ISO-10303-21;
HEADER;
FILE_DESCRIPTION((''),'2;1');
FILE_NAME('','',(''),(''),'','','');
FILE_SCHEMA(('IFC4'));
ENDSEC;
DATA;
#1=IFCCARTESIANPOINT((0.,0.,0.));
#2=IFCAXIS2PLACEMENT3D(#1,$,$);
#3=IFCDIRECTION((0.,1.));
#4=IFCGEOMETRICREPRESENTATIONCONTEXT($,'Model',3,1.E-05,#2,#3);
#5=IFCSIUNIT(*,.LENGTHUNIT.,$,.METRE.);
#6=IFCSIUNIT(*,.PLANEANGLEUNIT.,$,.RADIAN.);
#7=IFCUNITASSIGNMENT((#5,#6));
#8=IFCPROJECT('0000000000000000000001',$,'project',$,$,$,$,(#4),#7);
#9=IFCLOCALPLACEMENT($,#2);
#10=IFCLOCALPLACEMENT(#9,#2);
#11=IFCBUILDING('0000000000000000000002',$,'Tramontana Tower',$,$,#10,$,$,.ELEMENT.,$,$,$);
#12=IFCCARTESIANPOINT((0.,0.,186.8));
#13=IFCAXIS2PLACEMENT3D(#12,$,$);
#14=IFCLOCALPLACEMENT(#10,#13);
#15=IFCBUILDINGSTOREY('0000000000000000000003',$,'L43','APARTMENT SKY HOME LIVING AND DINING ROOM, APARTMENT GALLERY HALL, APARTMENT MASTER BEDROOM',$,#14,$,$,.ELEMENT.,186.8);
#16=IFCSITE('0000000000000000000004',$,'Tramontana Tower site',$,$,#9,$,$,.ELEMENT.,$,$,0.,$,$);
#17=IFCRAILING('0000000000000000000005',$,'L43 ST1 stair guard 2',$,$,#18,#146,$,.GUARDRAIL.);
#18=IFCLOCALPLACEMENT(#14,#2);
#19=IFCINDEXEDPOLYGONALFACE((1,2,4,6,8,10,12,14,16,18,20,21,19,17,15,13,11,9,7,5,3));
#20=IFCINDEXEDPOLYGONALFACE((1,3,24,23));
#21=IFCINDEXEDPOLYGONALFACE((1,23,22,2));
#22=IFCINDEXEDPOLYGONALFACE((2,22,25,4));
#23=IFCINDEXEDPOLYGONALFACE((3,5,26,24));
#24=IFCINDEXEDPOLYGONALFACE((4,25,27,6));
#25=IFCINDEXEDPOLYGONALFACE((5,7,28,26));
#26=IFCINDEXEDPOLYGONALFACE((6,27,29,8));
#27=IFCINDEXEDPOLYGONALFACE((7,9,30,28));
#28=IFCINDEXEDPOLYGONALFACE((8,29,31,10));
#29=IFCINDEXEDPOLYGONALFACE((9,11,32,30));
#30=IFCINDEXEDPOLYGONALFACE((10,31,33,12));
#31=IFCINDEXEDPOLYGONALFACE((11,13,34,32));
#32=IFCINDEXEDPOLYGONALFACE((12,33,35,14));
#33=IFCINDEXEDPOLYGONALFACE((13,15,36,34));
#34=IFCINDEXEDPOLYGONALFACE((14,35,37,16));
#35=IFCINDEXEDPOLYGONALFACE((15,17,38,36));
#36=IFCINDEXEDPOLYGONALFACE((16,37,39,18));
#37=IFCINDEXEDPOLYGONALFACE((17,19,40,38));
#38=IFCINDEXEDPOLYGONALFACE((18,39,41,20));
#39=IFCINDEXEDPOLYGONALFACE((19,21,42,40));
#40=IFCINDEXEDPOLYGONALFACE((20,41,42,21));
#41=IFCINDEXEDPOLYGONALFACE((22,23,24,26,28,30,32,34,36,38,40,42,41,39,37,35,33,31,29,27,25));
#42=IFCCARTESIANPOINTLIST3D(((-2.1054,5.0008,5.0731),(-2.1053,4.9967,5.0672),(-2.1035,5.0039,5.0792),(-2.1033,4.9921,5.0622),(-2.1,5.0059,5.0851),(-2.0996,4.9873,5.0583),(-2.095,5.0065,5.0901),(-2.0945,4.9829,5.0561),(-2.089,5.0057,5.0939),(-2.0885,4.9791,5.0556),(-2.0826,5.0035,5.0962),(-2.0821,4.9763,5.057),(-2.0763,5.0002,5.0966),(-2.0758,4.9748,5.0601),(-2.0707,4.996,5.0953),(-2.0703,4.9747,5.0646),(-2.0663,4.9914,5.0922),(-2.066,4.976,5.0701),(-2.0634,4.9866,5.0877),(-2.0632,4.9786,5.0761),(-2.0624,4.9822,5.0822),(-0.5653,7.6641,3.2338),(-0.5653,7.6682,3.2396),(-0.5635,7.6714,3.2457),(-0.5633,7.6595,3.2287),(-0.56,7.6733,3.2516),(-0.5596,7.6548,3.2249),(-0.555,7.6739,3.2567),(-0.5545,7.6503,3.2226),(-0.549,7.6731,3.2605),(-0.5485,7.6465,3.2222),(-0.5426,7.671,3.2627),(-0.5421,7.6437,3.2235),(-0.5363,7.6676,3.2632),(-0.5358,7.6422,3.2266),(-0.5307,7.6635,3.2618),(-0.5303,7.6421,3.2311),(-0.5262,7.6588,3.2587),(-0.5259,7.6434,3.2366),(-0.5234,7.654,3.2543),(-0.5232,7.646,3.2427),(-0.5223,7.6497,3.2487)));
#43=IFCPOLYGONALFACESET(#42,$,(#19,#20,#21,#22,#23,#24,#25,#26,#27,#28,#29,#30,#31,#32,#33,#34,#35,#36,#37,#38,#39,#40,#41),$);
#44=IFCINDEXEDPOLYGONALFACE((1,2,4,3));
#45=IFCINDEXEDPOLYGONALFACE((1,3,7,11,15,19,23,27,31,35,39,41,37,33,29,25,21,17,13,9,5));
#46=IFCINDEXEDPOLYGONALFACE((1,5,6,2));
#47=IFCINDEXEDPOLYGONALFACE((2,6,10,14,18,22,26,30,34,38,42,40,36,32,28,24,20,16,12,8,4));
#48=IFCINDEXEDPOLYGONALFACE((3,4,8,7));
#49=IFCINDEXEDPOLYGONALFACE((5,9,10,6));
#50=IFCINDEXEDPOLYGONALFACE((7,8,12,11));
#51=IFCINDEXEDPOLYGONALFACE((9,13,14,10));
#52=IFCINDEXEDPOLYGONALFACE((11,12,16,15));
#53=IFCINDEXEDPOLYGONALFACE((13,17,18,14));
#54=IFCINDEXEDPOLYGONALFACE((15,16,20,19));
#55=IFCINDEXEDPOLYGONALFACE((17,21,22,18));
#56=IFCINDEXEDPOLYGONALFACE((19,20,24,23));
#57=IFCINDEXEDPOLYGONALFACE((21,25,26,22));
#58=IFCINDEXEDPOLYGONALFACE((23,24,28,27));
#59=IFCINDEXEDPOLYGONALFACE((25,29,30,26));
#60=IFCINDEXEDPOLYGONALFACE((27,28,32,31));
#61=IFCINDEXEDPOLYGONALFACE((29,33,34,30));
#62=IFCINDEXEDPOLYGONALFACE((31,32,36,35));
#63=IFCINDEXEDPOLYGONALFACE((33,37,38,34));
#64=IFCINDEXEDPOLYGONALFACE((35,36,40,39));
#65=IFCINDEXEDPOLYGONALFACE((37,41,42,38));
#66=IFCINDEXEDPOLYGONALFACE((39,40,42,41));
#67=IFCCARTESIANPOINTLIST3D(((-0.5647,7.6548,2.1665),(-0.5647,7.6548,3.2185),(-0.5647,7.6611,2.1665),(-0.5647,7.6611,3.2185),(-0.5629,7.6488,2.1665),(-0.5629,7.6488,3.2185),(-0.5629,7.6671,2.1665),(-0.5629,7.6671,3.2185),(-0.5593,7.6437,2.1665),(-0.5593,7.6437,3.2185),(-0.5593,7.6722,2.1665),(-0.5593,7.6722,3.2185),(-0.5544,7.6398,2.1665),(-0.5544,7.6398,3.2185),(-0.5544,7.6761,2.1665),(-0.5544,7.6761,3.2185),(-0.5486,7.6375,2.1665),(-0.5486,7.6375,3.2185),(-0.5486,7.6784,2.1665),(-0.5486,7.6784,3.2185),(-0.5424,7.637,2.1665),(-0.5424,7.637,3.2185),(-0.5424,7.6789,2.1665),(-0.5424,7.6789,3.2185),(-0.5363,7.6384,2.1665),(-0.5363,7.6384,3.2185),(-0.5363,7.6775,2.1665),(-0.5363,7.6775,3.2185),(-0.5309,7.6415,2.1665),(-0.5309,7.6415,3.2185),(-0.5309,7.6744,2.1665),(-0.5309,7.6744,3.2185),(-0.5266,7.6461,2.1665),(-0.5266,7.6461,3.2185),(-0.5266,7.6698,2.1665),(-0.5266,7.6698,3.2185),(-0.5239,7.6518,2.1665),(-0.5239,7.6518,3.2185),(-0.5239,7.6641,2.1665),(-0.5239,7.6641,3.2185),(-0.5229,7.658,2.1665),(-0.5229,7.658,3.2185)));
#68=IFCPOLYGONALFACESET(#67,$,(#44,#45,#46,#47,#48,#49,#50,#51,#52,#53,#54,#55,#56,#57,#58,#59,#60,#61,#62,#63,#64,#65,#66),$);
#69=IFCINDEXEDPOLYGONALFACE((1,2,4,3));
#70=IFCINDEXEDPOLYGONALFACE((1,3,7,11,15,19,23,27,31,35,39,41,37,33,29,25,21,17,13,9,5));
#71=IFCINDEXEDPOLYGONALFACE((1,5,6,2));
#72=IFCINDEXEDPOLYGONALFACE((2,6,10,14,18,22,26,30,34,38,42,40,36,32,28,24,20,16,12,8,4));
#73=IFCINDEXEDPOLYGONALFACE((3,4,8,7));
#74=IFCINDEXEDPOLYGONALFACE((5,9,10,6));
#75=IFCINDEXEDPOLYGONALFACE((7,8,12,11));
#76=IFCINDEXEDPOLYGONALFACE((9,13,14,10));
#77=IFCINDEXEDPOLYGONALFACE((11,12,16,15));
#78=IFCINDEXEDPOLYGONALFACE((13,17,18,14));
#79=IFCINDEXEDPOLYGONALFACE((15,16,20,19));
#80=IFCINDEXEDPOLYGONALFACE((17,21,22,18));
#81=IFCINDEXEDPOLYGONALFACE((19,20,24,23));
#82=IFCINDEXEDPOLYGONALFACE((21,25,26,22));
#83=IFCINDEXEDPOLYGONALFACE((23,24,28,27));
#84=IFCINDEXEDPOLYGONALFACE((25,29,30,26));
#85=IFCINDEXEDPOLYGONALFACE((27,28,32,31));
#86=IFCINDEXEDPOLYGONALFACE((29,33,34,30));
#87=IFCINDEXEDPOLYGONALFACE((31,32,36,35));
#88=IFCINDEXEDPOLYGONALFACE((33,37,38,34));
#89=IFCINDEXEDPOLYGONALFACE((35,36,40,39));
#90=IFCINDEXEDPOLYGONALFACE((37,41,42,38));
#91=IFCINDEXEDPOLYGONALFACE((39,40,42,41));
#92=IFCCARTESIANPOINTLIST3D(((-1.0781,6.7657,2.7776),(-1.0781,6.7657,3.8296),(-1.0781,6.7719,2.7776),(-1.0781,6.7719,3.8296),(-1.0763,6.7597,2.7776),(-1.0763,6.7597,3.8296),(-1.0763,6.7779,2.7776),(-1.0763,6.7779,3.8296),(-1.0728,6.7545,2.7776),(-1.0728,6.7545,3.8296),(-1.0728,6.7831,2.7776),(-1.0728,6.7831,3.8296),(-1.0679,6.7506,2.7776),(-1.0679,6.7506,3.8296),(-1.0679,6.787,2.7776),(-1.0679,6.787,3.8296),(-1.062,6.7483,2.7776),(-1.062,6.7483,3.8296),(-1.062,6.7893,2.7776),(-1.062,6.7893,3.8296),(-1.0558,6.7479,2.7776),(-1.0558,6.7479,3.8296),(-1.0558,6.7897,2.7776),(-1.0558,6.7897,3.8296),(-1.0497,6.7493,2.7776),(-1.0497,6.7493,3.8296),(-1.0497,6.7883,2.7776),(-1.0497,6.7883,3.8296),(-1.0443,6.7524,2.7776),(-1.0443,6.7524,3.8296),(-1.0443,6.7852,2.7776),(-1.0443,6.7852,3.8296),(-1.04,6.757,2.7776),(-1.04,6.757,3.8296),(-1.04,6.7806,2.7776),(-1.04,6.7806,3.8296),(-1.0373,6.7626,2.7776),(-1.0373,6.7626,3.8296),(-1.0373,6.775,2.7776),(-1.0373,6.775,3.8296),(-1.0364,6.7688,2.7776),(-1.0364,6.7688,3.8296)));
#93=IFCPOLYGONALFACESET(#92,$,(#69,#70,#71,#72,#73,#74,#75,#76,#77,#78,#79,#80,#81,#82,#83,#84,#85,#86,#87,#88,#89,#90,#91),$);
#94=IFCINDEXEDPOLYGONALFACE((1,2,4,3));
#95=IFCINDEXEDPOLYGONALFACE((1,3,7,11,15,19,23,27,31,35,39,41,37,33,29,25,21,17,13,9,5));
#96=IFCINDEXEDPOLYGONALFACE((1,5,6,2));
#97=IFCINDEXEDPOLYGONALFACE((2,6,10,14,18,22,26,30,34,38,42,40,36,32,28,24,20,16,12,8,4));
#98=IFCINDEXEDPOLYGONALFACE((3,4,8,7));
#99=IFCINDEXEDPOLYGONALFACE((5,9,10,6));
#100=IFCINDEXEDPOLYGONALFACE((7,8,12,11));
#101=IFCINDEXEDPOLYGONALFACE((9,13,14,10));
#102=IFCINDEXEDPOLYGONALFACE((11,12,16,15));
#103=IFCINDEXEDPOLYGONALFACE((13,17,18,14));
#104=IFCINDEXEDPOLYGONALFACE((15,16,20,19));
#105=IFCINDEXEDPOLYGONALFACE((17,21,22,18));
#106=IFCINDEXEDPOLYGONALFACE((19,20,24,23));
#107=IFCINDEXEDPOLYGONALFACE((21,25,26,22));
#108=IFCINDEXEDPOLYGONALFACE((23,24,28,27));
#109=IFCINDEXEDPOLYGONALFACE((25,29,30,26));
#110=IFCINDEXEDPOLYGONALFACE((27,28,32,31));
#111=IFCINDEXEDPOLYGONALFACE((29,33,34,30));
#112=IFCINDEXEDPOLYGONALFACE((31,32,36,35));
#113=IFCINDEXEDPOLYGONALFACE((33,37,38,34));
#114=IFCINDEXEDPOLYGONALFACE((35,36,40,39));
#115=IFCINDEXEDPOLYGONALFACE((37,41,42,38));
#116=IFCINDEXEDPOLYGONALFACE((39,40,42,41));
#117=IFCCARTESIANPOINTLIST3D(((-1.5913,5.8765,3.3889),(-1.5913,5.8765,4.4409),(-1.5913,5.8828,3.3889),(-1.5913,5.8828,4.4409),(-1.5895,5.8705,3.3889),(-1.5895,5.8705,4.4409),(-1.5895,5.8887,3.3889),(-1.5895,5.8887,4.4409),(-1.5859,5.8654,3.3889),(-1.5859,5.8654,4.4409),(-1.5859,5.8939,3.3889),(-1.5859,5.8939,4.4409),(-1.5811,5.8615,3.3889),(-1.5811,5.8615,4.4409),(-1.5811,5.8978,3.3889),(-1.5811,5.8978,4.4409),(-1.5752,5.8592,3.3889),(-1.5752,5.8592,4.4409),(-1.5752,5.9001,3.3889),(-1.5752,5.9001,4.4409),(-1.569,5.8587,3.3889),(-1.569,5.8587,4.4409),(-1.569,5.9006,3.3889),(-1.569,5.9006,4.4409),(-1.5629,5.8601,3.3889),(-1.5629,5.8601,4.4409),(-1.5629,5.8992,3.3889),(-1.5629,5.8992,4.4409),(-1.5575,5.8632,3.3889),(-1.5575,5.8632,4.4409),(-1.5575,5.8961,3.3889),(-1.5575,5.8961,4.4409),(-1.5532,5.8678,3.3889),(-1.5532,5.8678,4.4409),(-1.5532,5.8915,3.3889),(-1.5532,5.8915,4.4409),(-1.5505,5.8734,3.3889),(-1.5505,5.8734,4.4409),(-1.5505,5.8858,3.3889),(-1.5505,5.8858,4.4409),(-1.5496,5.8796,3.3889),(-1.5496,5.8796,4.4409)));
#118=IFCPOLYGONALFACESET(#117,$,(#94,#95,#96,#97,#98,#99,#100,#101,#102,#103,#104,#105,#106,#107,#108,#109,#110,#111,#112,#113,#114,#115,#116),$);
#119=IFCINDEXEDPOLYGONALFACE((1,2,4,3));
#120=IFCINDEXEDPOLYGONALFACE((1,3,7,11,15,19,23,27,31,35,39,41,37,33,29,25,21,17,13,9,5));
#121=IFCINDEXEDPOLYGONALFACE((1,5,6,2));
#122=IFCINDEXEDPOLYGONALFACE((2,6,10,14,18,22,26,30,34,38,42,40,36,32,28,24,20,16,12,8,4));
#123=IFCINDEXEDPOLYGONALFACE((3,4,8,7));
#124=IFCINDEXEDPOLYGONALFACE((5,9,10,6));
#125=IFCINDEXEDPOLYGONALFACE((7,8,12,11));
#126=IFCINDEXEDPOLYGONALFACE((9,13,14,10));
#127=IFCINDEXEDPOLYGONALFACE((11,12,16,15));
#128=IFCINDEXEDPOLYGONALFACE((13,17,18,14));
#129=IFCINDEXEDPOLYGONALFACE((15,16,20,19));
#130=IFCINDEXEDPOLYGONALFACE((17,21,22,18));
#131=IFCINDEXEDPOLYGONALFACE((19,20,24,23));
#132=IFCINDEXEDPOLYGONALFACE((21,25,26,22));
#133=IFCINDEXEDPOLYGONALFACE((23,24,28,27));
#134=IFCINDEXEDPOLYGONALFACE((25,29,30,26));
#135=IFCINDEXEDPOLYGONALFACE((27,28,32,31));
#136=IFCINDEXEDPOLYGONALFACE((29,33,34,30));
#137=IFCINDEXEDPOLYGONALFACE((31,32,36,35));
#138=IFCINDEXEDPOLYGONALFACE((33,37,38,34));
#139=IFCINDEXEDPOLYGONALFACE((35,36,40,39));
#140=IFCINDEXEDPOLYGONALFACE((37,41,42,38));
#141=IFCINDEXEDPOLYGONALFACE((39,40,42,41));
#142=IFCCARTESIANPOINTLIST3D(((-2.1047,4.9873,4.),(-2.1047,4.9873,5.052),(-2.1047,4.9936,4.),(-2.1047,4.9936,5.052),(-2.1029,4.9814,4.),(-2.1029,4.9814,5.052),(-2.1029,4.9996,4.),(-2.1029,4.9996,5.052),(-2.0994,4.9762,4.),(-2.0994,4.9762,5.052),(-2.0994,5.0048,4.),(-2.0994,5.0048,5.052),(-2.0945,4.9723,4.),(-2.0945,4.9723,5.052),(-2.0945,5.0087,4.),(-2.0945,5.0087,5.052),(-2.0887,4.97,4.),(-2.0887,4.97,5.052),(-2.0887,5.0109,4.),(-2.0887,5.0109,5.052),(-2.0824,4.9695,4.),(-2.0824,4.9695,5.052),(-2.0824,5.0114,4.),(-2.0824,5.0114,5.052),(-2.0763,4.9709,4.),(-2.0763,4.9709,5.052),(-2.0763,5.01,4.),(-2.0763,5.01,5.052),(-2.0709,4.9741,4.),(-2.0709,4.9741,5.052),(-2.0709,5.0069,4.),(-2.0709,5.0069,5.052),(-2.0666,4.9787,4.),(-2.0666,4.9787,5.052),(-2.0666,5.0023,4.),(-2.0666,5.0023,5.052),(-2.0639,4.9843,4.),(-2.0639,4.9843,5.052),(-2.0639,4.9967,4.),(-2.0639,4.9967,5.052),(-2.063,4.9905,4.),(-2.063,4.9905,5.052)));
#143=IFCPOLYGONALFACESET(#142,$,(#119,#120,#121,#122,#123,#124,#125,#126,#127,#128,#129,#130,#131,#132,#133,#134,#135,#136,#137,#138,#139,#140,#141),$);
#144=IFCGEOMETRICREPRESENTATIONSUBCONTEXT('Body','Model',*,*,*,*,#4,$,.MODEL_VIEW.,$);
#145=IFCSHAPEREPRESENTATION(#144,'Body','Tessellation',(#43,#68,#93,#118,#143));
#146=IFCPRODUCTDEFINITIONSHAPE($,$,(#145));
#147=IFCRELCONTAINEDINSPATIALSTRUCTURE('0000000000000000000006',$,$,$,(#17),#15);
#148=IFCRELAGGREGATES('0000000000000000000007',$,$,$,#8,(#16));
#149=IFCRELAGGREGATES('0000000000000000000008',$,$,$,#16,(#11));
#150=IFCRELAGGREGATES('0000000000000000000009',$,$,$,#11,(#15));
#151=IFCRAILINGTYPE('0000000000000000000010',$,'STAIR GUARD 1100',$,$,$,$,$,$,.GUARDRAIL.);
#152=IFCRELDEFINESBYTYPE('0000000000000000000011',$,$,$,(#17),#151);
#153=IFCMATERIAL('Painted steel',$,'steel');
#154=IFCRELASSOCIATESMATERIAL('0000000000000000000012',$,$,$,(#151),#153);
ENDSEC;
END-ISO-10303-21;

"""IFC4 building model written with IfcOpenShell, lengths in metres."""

from ifc_helpers import new_model, si_unit, direction, frame, origin, origin_2d, place, context, subcontext, project, spatial, circle, extrude, material, type_object, element, save


model = new_model("IFC4")

# Units and contexts
model_context = context("Model", 3, precision=1e-05, world=origin(), true_north=direction((0.0, 1.0)))
body_context = subcontext(model_context, "Body", "Model", "MODEL_VIEW")
ifc_project = project(units=[si_unit("LENGTHUNIT", "METRE"), si_unit("PLANEANGLEUNIT", "RADIAN")], contexts=[model_context])

# Site, building, storey
site_placement = place(None, origin())
site = spatial("IfcSite", under=ifc_project, at=site_placement, Name="Tramontana Tower site", CompositionType="ELEMENT", RefElevation=0.0)
building_placement = place(site_placement, origin())
building = spatial("IfcBuilding", under=site, at=building_placement, Name="Tramontana Tower", CompositionType="ELEMENT")
storey_placement = place(building_placement, frame((0.0, 0.0, 186.8)))
storey = spatial("IfcBuildingStorey", under=building, at=storey_placement, Name="L43", Description="APARTMENT SKY HOME LIVING AND DINING ROOM, APARTMENT GALLERY HALL, APARTMENT MASTER BEDROOM", CompositionType="ELEMENT", Elevation=186.8)

# Railing
ifc_material_1 = material(Name="Painted steel", Category="steel")
railing_type = type_object("IfcRailingType", Name="STAIR GUARD 1100", PredefinedType="GUARDRAIL", material=ifc_material_1)
railing_1_placement = place(storey_placement, frame((-0.5439, 7.658, 2.1665)))
element("IfcRailing", 1, at=railing_1_placement, inside=storey, type_object=railing_type, Name="L43 ST1 stair guard 2", PredefinedType="GUARDRAIL", context=body_context, shape_type="SweptSolid", body=[
    extrude(circle(Radius=0.0239, at=origin_2d()), frame((0.0, 0.0, 1.0762), z_axis=(-0.429634, -0.744164, 0.511502), x_axis=(0.86603, -0.499992, 0.0)), (0.0, 0.0, 1.0), 3.5845),
    extrude(circle(Radius=0.021, at=origin_2d()), origin(), (0.0, 0.0, 1.0), 1.052),
    extrude(circle(Radius=0.021, at=origin_2d()), frame((-0.5134, -0.8892, 0.6111)), (0.0, 0.0, 1.0), 1.052),
    extrude(circle(Radius=0.021, at=origin_2d()), frame((-1.0266, -1.7783, 1.2224)), (0.0, 0.0, 1.0), 1.052),
    extrude(circle(Radius=0.021, at=origin_2d()), frame((-1.54, -2.6675, 1.8335)), (0.0, 0.0, 1.0), 1.052),
])

save(model, "model.ifc")
